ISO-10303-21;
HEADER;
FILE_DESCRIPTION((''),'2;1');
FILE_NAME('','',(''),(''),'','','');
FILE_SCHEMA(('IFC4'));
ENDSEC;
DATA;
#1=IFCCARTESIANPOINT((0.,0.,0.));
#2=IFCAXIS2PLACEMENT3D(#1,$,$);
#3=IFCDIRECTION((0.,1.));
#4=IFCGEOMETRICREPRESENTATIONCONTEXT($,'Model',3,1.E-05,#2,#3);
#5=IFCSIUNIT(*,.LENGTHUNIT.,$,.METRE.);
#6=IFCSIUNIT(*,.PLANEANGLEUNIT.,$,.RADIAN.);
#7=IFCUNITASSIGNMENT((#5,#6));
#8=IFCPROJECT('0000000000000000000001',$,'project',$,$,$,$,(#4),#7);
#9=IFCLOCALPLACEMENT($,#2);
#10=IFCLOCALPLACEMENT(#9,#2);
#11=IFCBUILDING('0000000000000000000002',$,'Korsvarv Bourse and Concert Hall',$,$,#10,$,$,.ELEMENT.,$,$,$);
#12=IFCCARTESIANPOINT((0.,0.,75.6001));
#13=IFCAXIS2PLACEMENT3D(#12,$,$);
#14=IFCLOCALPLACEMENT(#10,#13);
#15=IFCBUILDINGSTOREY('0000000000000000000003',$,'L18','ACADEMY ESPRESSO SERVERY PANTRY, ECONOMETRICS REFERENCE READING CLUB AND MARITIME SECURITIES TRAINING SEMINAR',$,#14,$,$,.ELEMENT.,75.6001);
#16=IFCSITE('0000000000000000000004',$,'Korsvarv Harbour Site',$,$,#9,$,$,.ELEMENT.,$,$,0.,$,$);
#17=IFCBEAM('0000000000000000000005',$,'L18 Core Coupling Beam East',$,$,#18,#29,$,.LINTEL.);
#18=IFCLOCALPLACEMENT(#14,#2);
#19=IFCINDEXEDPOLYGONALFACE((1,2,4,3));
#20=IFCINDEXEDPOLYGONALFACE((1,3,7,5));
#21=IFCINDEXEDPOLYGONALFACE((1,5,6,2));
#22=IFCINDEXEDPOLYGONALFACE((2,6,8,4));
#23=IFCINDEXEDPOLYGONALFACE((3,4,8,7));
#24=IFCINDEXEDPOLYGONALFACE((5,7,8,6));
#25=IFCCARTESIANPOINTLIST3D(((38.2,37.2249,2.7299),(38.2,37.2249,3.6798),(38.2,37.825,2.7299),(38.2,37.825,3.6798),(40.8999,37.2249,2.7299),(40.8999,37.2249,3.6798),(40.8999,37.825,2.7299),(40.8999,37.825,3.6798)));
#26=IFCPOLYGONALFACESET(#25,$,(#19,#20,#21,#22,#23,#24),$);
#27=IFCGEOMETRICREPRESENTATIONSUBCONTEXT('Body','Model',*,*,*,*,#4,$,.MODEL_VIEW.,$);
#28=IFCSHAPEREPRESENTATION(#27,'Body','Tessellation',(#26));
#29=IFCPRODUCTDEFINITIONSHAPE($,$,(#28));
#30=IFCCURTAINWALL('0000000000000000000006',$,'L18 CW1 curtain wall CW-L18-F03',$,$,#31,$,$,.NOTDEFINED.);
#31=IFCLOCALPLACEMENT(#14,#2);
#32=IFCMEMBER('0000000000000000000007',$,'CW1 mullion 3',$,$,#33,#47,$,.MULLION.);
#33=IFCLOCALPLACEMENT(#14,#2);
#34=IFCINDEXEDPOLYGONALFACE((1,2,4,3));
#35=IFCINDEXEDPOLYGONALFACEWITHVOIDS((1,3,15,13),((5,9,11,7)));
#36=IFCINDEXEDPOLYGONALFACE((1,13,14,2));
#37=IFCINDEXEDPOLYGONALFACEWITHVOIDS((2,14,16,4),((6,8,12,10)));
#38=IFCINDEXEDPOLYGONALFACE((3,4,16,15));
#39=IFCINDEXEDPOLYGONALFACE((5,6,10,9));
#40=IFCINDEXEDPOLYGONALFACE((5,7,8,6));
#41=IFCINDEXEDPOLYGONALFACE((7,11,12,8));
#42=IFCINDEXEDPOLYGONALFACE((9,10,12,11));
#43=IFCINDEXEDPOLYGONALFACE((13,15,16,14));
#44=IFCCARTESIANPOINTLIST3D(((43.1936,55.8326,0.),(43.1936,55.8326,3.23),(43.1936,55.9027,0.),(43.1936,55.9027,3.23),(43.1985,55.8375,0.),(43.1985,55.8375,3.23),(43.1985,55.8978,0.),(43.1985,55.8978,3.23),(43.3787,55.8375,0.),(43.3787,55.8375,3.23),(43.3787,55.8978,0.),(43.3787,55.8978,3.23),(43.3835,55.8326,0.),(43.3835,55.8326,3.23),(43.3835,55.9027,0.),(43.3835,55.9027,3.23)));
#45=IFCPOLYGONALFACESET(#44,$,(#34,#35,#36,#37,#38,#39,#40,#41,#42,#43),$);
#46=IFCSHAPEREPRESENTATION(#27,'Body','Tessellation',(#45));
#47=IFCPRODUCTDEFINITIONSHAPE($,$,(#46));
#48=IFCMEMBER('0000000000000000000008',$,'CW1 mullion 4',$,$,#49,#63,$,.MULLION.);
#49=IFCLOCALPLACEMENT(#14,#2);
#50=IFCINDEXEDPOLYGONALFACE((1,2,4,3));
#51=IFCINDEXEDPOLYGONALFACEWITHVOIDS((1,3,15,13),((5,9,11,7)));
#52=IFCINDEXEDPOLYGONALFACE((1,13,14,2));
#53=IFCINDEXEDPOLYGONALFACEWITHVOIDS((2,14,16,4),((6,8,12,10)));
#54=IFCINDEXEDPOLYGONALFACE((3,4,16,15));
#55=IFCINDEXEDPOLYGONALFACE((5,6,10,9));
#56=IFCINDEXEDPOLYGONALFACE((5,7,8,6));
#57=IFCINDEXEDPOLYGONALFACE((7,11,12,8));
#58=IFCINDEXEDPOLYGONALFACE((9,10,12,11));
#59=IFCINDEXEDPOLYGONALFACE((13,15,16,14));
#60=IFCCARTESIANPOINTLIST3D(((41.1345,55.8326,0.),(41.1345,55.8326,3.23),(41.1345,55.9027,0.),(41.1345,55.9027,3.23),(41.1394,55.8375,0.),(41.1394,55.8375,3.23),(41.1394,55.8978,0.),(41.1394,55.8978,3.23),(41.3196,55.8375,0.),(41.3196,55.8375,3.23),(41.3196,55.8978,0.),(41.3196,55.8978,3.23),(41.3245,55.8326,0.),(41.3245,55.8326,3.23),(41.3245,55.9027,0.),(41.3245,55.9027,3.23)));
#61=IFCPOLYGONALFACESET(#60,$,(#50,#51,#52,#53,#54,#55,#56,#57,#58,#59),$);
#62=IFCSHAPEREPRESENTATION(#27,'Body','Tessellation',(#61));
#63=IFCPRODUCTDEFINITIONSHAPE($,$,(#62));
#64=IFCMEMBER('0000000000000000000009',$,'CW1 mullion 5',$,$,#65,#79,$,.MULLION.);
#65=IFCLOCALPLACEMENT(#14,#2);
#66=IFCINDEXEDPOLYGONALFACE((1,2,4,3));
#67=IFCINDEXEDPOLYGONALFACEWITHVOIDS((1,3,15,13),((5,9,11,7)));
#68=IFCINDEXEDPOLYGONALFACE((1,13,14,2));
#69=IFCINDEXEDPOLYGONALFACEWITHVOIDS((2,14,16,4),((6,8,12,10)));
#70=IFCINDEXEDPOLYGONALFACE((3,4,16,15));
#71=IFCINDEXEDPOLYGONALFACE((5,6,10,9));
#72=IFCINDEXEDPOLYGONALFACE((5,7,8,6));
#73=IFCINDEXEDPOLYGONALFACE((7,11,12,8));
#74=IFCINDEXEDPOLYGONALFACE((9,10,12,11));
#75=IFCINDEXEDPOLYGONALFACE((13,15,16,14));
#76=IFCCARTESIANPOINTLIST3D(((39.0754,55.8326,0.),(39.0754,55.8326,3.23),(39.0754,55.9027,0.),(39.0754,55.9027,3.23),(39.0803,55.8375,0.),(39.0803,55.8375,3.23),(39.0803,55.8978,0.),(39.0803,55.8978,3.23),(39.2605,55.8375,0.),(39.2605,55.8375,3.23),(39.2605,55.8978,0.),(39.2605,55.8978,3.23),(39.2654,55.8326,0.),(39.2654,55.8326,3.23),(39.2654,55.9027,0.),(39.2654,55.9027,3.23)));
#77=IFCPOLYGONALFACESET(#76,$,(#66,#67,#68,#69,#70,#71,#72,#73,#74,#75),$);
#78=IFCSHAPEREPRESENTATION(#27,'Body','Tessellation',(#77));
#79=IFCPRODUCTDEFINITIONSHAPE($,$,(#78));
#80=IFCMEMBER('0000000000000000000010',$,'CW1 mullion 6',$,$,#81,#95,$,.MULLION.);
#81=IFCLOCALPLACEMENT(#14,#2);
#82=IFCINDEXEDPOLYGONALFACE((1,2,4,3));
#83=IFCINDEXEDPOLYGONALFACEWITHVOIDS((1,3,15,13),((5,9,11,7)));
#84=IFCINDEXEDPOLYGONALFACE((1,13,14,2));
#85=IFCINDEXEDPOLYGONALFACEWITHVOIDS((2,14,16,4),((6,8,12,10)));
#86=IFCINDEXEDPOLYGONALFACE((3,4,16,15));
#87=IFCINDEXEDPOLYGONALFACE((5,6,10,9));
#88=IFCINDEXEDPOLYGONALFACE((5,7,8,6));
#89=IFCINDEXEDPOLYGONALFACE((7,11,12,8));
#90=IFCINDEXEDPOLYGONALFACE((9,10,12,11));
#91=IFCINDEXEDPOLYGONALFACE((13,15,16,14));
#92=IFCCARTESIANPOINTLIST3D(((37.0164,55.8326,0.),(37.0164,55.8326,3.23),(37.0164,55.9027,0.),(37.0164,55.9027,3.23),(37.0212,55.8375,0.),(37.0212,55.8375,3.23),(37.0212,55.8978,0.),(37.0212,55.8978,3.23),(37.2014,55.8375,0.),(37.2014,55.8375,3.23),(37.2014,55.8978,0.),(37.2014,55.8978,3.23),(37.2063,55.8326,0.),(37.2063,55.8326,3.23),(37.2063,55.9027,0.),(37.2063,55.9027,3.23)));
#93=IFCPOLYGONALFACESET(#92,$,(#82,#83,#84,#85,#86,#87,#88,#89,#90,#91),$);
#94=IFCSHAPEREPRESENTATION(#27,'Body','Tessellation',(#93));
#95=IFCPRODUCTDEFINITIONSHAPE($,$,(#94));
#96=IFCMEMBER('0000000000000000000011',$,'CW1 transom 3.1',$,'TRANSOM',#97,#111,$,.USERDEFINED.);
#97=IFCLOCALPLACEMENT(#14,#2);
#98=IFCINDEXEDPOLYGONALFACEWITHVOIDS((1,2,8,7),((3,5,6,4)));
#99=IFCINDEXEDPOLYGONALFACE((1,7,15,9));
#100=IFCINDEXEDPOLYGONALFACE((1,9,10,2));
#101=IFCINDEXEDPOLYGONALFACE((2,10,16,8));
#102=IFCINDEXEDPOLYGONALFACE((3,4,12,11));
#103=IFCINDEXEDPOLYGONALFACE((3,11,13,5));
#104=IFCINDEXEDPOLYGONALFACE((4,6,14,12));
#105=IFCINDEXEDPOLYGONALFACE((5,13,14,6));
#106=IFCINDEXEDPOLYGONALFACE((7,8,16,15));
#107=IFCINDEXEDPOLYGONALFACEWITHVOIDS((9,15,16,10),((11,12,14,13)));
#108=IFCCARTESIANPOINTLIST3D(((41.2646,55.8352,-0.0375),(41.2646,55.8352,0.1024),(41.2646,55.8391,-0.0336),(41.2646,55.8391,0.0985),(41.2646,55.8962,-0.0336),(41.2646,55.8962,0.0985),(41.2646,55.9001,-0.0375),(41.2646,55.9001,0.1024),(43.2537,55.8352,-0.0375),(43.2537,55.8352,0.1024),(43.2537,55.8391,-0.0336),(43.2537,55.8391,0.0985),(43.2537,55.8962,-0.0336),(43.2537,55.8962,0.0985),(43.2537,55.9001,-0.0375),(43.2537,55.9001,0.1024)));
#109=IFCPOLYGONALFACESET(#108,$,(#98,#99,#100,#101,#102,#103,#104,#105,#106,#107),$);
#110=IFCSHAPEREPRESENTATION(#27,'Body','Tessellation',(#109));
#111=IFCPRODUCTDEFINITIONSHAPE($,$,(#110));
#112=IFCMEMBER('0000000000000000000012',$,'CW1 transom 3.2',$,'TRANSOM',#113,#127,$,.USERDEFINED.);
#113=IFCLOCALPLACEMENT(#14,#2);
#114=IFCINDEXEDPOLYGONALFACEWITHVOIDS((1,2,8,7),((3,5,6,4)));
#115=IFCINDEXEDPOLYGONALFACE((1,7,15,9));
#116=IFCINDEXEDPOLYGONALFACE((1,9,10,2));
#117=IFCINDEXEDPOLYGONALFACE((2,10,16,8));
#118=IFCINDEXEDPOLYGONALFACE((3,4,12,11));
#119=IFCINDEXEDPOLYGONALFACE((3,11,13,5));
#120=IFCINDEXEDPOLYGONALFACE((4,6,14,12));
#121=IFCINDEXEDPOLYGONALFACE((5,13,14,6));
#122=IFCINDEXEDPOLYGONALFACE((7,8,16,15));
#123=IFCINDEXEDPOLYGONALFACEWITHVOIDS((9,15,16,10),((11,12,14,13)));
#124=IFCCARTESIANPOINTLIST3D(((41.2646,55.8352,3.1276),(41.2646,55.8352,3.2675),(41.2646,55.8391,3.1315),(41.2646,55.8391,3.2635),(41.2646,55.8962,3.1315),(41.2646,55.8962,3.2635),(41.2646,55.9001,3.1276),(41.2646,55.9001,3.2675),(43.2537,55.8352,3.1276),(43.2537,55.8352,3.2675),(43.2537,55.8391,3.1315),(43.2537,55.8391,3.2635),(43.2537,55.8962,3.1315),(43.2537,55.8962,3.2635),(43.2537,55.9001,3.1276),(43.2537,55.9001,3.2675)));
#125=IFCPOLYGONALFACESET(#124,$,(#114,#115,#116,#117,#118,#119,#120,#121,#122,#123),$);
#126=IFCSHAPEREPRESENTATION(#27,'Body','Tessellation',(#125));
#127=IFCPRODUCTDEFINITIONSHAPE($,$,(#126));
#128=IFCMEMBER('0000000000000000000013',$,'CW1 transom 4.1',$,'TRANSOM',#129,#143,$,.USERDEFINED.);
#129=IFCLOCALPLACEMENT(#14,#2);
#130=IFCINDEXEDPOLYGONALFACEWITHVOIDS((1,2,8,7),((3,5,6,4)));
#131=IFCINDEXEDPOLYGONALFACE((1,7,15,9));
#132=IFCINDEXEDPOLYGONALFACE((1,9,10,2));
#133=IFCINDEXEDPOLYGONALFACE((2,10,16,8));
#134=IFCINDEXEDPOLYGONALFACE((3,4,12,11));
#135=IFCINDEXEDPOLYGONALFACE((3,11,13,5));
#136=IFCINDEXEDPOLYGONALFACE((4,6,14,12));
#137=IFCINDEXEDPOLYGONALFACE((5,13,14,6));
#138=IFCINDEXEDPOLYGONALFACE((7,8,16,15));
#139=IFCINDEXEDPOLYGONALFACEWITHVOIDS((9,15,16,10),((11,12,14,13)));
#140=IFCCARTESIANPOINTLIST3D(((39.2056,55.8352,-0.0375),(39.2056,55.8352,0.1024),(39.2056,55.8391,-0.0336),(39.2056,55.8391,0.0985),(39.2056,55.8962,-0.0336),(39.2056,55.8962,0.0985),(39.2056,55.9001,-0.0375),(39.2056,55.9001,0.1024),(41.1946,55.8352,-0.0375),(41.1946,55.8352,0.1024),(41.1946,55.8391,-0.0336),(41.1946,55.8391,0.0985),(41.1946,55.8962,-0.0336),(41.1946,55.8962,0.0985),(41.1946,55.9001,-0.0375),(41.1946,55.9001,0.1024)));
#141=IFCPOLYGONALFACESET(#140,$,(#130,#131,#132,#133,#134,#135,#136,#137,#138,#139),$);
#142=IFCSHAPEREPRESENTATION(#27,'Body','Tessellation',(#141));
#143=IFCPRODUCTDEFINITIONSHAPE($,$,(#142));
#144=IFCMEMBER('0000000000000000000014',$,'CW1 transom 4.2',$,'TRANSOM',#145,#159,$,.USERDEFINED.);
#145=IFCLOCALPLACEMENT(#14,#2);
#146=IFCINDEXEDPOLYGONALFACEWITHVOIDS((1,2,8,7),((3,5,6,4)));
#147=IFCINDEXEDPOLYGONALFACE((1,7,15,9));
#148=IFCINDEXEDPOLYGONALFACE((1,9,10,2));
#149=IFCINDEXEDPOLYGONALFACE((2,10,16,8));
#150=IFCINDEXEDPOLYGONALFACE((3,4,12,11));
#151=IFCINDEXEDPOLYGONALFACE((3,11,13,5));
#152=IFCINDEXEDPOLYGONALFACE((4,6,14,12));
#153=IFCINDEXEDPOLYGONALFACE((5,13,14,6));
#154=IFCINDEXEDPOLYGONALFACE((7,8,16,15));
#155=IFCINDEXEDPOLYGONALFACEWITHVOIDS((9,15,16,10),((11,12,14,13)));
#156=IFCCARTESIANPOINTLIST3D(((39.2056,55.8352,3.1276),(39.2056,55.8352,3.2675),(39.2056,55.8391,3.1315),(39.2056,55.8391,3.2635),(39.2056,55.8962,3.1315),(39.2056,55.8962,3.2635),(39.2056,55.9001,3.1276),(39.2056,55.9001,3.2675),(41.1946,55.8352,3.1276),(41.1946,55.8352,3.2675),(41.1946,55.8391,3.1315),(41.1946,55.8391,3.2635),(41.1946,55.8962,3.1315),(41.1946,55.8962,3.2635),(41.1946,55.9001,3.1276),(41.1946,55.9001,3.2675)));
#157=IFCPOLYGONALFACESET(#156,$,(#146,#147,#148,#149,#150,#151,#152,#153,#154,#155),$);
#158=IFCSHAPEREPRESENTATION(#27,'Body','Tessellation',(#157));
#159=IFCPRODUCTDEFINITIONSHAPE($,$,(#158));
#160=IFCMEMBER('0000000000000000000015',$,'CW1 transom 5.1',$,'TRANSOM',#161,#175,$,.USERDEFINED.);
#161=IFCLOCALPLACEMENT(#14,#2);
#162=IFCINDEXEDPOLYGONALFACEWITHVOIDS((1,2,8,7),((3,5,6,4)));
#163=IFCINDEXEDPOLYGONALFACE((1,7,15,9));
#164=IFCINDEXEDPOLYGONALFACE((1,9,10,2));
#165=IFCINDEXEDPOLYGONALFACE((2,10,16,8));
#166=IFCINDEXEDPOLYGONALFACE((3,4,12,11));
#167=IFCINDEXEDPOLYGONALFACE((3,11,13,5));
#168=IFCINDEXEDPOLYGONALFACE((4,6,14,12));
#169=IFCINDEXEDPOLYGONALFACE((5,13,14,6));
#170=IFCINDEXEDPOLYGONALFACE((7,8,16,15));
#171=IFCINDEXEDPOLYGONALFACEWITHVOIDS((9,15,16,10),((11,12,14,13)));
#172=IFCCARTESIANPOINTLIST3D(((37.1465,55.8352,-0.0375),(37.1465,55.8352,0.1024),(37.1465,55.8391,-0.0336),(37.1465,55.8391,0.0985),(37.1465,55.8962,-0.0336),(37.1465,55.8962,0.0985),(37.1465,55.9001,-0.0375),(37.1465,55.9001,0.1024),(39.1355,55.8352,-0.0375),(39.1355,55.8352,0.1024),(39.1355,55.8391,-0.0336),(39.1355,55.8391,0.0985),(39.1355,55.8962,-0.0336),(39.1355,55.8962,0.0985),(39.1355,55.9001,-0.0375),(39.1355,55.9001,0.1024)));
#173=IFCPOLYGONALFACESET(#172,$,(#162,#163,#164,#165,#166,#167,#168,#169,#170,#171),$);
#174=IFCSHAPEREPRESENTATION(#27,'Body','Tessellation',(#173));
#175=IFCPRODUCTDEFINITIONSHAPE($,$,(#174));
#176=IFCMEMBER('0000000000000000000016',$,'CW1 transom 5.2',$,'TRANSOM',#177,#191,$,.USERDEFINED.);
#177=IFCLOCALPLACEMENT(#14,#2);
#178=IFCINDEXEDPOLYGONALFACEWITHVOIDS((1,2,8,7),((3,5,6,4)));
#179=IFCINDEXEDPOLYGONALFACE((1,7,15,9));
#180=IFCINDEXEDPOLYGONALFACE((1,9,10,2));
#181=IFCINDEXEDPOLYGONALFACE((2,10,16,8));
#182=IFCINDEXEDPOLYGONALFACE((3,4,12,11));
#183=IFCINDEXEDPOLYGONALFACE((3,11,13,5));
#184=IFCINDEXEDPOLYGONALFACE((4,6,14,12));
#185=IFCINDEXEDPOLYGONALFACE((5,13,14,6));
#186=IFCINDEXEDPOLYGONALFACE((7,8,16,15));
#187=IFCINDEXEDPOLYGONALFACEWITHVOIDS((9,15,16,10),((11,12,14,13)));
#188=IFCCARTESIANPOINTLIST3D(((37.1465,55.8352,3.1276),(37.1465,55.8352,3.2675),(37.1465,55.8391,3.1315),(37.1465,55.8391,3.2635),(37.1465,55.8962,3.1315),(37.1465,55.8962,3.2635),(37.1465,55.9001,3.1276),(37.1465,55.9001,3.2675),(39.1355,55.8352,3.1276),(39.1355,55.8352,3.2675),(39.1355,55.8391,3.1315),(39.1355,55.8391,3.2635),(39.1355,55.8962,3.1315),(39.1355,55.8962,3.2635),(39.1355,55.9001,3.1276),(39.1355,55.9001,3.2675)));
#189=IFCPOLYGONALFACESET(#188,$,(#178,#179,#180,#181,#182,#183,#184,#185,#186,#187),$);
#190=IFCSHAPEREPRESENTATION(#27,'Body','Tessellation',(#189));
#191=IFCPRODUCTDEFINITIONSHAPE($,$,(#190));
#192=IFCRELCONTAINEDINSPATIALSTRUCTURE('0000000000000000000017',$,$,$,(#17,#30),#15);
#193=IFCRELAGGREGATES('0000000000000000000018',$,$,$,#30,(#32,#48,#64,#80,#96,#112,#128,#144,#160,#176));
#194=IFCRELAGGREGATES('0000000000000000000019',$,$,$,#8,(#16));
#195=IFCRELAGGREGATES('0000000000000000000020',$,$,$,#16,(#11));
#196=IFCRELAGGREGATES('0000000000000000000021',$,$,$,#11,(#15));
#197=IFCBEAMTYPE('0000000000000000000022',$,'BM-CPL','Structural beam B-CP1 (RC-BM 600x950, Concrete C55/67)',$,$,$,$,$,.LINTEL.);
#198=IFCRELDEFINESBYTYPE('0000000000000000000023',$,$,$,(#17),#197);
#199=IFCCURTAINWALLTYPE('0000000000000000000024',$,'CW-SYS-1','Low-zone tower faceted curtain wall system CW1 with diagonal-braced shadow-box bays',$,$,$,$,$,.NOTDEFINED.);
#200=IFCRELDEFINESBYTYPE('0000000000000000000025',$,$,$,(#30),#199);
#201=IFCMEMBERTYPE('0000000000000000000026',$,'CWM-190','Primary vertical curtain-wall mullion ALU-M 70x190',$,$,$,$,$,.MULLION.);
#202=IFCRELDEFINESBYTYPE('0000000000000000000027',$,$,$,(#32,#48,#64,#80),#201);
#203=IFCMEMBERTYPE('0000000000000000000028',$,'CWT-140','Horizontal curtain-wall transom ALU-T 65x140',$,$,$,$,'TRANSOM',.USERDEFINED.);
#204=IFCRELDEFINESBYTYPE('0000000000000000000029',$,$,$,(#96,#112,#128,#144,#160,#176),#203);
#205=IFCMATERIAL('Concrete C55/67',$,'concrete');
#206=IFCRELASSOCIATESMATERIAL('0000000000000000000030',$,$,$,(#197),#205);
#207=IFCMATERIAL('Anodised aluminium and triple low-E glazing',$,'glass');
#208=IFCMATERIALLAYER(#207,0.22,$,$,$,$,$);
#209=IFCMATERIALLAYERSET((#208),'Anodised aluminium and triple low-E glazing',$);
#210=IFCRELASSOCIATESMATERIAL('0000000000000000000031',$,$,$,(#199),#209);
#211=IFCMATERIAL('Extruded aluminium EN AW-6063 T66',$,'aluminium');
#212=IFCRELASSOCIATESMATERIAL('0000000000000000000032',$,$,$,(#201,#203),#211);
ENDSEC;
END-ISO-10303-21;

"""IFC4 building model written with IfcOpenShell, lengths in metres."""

from ifc_helpers import new_model, si_unit, direction, frame, origin, origin_2d, place, context, subcontext, project, spatial, rectangle, hollow_rectangle, extrude, source, transform, mapped, material, layer, layer_set, material_profile, profile_set, type_object, element, aggregate, save


model = new_model("IFC4")

# Units and contexts
model_context = context("Model", 3, precision=1e-05, world=origin(), true_north=direction((0.0, 1.0)))
body_context = subcontext(model_context, "Body", "Model", "MODEL_VIEW")
ifc_project = project(units=[si_unit("LENGTHUNIT", "METRE"), si_unit("PLANEANGLEUNIT", "RADIAN")], contexts=[model_context])

# Site, building, storey
site_placement = place(None, origin())
site = spatial("IfcSite", under=ifc_project, at=site_placement, Name="Korsvarv Harbour Site", CompositionType="ELEMENT", RefElevation=0.0)
building_placement = place(site_placement, origin())
building = spatial("IfcBuilding", under=site, at=building_placement, Name="Korsvarv Bourse and Concert Hall", CompositionType="ELEMENT")
storey_placement = place(building_placement, frame((0.0, 0.0, 75.6001)))
storey = spatial("IfcBuildingStorey", under=building, at=storey_placement, Name="L18", Description="ACADEMY ESPRESSO SERVERY PANTRY, ECONOMETRICS REFERENCE READING CLUB AND MARITIME SECURITIES TRAINING SEMINAR", CompositionType="ELEMENT", Elevation=75.6001)

# Beam
ifc_material_1 = material(Name="Concrete C55/67", Category="concrete")
ifc_material_profile_1 = material_profile(ifc_material_1, rectangle(XDim=0.6001, YDim=0.95, at=origin_2d()), Name="RC-BM 600x950")
ifc_profile_set_1 = profile_set([ifc_material_profile_1], Name="Concrete C55/67")
beam_type = type_object("IfcBeamType", Name="BM-CPL", Description="Structural beam B-CP1 (RC-BM 600x950, Concrete C55/67)", PredefinedType="LINTEL", material=ifc_profile_set_1)
shared_shape_1 = source(origin(), body_context, "Body", "SweptSolid", [
    extrude(rectangle(XDim=0.6001, YDim=0.95, at=origin_2d()), origin(), (0.0, 0.0, 1.0), 2.7),
])
beam_placement = place(storey_placement, frame((38.2, 37.5249, 3.2048), z_axis=(1.0, 0.0, 0.0), x_axis=(0.0, 1.0, 0.0)))
element("IfcBeam", 1, at=beam_placement, inside=storey, type_object=beam_type, Name="L18 Core Coupling Beam East", PredefinedType="LINTEL", context=body_context, shape_type="MappedRepresentation", body=[
    mapped(shared_shape_1, transform((0.0, 0.0, 0.0), scale=1.0)),
])

# Curtain wall, members
ifc_material_2 = material(Name="Anodised aluminium and triple low-E glazing", Category="glass")
ifc_layer_1 = layer(ifc_material_2, 0.22)
ifc_layer_set_1 = layer_set([ifc_layer_1], Name="Anodised aluminium and triple low-E glazing")
curtain_wall_type = type_object("IfcCurtainWallType", Name="CW-SYS-1", Description="Low-zone tower faceted curtain wall system CW1 with diagonal-braced shadow-box bays", PredefinedType="NOTDEFINED", material=ifc_layer_set_1)
curtain_wall_placement = place(storey_placement, origin())
curtain_wall = element("IfcCurtainWall", 2, at=curtain_wall_placement, inside=storey, type_object=curtain_wall_type, Name="L18 CW1 curtain wall CW-L18-F03", PredefinedType="NOTDEFINED")
ifc_material_3 = material(Name="Extruded aluminium EN AW-6063 T66", Category="aluminium")
ifc_material_profile_2 = material_profile(ifc_material_3, hollow_rectangle(XDim=0.0701, YDim=0.1899, WallThickness=0.0049, at=origin_2d()), Name="ALU-M 70x190")
ifc_profile_set_2 = profile_set([ifc_material_profile_2], Name="Extruded aluminium EN AW-6063 T66")
member_type_1 = type_object("IfcMemberType", Name="CWM-190", Description="Primary vertical curtain-wall mullion ALU-M 70x190", PredefinedType="MULLION", material=ifc_profile_set_2)
shared_shape_2 = source(origin(), body_context, "Body", "SweptSolid", [
    extrude(hollow_rectangle(XDim=0.0701, YDim=0.1899, WallThickness=0.0049, at=origin_2d()), origin(), (0.0, 0.0, 1.0), 3.23),
])
member_1_placement = place(storey_placement, frame((43.2886, 55.8677, 0.0), z_axis=(0.0, 0.0, 1.0), x_axis=(0.0, -1.0, 0.0)))
member_1 = element("IfcMember", 3, at=member_1_placement, type_object=member_type_1, Name="CW1 mullion 3", PredefinedType="MULLION", context=body_context, shape_type="MappedRepresentation", body=[
    mapped(shared_shape_2, transform((0.0, 0.0, 0.0), scale=1.0)),
])
member_2_placement = place(storey_placement, frame((41.2295, 55.8677, 0.0), z_axis=(0.0, 0.0, 1.0), x_axis=(0.0, -1.0, 0.0)))
member_2 = element("IfcMember", 4, at=member_2_placement, type_object=member_type_1, Name="CW1 mullion 4", PredefinedType="MULLION", context=body_context, shape_type="MappedRepresentation", body=[
    mapped(shared_shape_2, transform((0.0, 0.0, 0.0), scale=1.0)),
])
member_3_placement = place(storey_placement, frame((39.1704, 55.8677, 0.0), z_axis=(0.0, 0.0, 1.0), x_axis=(0.0, -1.0, 0.0)))
member_3 = element("IfcMember", 5, at=member_3_placement, type_object=member_type_1, Name="CW1 mullion 5", PredefinedType="MULLION", context=body_context, shape_type="MappedRepresentation", body=[
    mapped(shared_shape_2, transform((0.0, 0.0, 0.0), scale=1.0)),
])
member_4_placement = place(storey_placement, frame((37.1113, 55.8677, 0.0), z_axis=(0.0, 0.0, 1.0), x_axis=(0.0, -1.0, 0.0)))
member_4 = element("IfcMember", 6, at=member_4_placement, type_object=member_type_1, Name="CW1 mullion 6", PredefinedType="MULLION", context=body_context, shape_type="MappedRepresentation", body=[
    mapped(shared_shape_2, transform((0.0, 0.0, 0.0), scale=1.0)),
])
ifc_material_profile_3 = material_profile(ifc_material_3, hollow_rectangle(XDim=0.0649, YDim=0.1399, WallThickness=0.0039, at=origin_2d()), Name="ALU-T 65x140")
ifc_profile_set_3 = profile_set([ifc_material_profile_3], Name="Extruded aluminium EN AW-6063 T66")
member_type_2 = type_object("IfcMemberType", Name="CWT-140", Description="Horizontal curtain-wall transom ALU-T 65x140", ElementType="TRANSOM", PredefinedType="USERDEFINED", material=ifc_profile_set_3)
shared_shape_3 = source(origin(), body_context, "Body", "SweptSolid", [
    extrude(hollow_rectangle(XDim=0.0649, YDim=0.1399, WallThickness=0.0039, at=origin_2d()), origin(), (0.0, 0.0, 1.0), 1.989),
])
member_5_placement = place(storey_placement, frame((43.2537, 55.8677, 0.0325), z_axis=(-1.0, 0.0, 0.0), x_axis=(0.0, -1.0, 0.0)))
member_5 = element("IfcMember", 7, at=member_5_placement, type_object=member_type_2, Name="CW1 transom 3.1", ObjectType="TRANSOM", PredefinedType="USERDEFINED", context=body_context, shape_type="MappedRepresentation", body=[
    mapped(shared_shape_3, transform((0.0, 0.0, 0.0), scale=1.0)),
])
member_6_placement = place(storey_placement, frame((43.2537, 55.8677, 3.1975), z_axis=(-1.0, 0.0, 0.0), x_axis=(0.0, -1.0, 0.0)))
member_6 = element("IfcMember", 8, at=member_6_placement, type_object=member_type_2, Name="CW1 transom 3.2", ObjectType="TRANSOM", PredefinedType="USERDEFINED", context=body_context, shape_type="MappedRepresentation", body=[
    mapped(shared_shape_3, transform((0.0, 0.0, 0.0), scale=1.0)),
])
member_7_placement = place(storey_placement, frame((41.1946, 55.8677, 0.0325), z_axis=(-1.0, 0.0, 0.0), x_axis=(0.0, -1.0, 0.0)))
member_7 = element("IfcMember", 9, at=member_7_placement, type_object=member_type_2, Name="CW1 transom 4.1", ObjectType="TRANSOM", PredefinedType="USERDEFINED", context=body_context, shape_type="MappedRepresentation", body=[
    mapped(shared_shape_3, transform((0.0, 0.0, 0.0), scale=1.0)),
])
member_8_placement = place(storey_placement, frame((41.1946, 55.8677, 3.1975), z_axis=(-1.0, 0.0, 0.0), x_axis=(0.0, -1.0, 0.0)))
member_8 = element("IfcMember", 10, at=member_8_placement, type_object=member_type_2, Name="CW1 transom 4.2", ObjectType="TRANSOM", PredefinedType="USERDEFINED", context=body_context, shape_type="MappedRepresentation", body=[
    mapped(shared_shape_3, transform((0.0, 0.0, 0.0), scale=1.0)),
])
member_9_placement = place(storey_placement, frame((39.1355, 55.8677, 0.0325), z_axis=(-1.0, 0.0, 0.0), x_axis=(0.0, -1.0, 0.0)))
member_9 = element("IfcMember", 11, at=member_9_placement, type_object=member_type_2, Name="CW1 transom 5.1", ObjectType="TRANSOM", PredefinedType="USERDEFINED", context=body_context, shape_type="MappedRepresentation", body=[
    mapped(shared_shape_3, transform((0.0, 0.0, 0.0), scale=1.0)),
])
member_10_placement = place(storey_placement, frame((39.1355, 55.8677, 3.1975), z_axis=(-1.0, 0.0, 0.0), x_axis=(0.0, -1.0, 0.0)))
member_10 = element("IfcMember", 12, at=member_10_placement, type_object=member_type_2, Name="CW1 transom 5.2", ObjectType="TRANSOM", PredefinedType="USERDEFINED", context=body_context, shape_type="MappedRepresentation", body=[
    mapped(shared_shape_3, transform((0.0, 0.0, 0.0), scale=1.0)),
])
aggregate(curtain_wall, [member_1, member_2, member_3, member_4, member_5, member_6, member_7, member_8, member_9, member_10])

save(model, "model.ifc")
